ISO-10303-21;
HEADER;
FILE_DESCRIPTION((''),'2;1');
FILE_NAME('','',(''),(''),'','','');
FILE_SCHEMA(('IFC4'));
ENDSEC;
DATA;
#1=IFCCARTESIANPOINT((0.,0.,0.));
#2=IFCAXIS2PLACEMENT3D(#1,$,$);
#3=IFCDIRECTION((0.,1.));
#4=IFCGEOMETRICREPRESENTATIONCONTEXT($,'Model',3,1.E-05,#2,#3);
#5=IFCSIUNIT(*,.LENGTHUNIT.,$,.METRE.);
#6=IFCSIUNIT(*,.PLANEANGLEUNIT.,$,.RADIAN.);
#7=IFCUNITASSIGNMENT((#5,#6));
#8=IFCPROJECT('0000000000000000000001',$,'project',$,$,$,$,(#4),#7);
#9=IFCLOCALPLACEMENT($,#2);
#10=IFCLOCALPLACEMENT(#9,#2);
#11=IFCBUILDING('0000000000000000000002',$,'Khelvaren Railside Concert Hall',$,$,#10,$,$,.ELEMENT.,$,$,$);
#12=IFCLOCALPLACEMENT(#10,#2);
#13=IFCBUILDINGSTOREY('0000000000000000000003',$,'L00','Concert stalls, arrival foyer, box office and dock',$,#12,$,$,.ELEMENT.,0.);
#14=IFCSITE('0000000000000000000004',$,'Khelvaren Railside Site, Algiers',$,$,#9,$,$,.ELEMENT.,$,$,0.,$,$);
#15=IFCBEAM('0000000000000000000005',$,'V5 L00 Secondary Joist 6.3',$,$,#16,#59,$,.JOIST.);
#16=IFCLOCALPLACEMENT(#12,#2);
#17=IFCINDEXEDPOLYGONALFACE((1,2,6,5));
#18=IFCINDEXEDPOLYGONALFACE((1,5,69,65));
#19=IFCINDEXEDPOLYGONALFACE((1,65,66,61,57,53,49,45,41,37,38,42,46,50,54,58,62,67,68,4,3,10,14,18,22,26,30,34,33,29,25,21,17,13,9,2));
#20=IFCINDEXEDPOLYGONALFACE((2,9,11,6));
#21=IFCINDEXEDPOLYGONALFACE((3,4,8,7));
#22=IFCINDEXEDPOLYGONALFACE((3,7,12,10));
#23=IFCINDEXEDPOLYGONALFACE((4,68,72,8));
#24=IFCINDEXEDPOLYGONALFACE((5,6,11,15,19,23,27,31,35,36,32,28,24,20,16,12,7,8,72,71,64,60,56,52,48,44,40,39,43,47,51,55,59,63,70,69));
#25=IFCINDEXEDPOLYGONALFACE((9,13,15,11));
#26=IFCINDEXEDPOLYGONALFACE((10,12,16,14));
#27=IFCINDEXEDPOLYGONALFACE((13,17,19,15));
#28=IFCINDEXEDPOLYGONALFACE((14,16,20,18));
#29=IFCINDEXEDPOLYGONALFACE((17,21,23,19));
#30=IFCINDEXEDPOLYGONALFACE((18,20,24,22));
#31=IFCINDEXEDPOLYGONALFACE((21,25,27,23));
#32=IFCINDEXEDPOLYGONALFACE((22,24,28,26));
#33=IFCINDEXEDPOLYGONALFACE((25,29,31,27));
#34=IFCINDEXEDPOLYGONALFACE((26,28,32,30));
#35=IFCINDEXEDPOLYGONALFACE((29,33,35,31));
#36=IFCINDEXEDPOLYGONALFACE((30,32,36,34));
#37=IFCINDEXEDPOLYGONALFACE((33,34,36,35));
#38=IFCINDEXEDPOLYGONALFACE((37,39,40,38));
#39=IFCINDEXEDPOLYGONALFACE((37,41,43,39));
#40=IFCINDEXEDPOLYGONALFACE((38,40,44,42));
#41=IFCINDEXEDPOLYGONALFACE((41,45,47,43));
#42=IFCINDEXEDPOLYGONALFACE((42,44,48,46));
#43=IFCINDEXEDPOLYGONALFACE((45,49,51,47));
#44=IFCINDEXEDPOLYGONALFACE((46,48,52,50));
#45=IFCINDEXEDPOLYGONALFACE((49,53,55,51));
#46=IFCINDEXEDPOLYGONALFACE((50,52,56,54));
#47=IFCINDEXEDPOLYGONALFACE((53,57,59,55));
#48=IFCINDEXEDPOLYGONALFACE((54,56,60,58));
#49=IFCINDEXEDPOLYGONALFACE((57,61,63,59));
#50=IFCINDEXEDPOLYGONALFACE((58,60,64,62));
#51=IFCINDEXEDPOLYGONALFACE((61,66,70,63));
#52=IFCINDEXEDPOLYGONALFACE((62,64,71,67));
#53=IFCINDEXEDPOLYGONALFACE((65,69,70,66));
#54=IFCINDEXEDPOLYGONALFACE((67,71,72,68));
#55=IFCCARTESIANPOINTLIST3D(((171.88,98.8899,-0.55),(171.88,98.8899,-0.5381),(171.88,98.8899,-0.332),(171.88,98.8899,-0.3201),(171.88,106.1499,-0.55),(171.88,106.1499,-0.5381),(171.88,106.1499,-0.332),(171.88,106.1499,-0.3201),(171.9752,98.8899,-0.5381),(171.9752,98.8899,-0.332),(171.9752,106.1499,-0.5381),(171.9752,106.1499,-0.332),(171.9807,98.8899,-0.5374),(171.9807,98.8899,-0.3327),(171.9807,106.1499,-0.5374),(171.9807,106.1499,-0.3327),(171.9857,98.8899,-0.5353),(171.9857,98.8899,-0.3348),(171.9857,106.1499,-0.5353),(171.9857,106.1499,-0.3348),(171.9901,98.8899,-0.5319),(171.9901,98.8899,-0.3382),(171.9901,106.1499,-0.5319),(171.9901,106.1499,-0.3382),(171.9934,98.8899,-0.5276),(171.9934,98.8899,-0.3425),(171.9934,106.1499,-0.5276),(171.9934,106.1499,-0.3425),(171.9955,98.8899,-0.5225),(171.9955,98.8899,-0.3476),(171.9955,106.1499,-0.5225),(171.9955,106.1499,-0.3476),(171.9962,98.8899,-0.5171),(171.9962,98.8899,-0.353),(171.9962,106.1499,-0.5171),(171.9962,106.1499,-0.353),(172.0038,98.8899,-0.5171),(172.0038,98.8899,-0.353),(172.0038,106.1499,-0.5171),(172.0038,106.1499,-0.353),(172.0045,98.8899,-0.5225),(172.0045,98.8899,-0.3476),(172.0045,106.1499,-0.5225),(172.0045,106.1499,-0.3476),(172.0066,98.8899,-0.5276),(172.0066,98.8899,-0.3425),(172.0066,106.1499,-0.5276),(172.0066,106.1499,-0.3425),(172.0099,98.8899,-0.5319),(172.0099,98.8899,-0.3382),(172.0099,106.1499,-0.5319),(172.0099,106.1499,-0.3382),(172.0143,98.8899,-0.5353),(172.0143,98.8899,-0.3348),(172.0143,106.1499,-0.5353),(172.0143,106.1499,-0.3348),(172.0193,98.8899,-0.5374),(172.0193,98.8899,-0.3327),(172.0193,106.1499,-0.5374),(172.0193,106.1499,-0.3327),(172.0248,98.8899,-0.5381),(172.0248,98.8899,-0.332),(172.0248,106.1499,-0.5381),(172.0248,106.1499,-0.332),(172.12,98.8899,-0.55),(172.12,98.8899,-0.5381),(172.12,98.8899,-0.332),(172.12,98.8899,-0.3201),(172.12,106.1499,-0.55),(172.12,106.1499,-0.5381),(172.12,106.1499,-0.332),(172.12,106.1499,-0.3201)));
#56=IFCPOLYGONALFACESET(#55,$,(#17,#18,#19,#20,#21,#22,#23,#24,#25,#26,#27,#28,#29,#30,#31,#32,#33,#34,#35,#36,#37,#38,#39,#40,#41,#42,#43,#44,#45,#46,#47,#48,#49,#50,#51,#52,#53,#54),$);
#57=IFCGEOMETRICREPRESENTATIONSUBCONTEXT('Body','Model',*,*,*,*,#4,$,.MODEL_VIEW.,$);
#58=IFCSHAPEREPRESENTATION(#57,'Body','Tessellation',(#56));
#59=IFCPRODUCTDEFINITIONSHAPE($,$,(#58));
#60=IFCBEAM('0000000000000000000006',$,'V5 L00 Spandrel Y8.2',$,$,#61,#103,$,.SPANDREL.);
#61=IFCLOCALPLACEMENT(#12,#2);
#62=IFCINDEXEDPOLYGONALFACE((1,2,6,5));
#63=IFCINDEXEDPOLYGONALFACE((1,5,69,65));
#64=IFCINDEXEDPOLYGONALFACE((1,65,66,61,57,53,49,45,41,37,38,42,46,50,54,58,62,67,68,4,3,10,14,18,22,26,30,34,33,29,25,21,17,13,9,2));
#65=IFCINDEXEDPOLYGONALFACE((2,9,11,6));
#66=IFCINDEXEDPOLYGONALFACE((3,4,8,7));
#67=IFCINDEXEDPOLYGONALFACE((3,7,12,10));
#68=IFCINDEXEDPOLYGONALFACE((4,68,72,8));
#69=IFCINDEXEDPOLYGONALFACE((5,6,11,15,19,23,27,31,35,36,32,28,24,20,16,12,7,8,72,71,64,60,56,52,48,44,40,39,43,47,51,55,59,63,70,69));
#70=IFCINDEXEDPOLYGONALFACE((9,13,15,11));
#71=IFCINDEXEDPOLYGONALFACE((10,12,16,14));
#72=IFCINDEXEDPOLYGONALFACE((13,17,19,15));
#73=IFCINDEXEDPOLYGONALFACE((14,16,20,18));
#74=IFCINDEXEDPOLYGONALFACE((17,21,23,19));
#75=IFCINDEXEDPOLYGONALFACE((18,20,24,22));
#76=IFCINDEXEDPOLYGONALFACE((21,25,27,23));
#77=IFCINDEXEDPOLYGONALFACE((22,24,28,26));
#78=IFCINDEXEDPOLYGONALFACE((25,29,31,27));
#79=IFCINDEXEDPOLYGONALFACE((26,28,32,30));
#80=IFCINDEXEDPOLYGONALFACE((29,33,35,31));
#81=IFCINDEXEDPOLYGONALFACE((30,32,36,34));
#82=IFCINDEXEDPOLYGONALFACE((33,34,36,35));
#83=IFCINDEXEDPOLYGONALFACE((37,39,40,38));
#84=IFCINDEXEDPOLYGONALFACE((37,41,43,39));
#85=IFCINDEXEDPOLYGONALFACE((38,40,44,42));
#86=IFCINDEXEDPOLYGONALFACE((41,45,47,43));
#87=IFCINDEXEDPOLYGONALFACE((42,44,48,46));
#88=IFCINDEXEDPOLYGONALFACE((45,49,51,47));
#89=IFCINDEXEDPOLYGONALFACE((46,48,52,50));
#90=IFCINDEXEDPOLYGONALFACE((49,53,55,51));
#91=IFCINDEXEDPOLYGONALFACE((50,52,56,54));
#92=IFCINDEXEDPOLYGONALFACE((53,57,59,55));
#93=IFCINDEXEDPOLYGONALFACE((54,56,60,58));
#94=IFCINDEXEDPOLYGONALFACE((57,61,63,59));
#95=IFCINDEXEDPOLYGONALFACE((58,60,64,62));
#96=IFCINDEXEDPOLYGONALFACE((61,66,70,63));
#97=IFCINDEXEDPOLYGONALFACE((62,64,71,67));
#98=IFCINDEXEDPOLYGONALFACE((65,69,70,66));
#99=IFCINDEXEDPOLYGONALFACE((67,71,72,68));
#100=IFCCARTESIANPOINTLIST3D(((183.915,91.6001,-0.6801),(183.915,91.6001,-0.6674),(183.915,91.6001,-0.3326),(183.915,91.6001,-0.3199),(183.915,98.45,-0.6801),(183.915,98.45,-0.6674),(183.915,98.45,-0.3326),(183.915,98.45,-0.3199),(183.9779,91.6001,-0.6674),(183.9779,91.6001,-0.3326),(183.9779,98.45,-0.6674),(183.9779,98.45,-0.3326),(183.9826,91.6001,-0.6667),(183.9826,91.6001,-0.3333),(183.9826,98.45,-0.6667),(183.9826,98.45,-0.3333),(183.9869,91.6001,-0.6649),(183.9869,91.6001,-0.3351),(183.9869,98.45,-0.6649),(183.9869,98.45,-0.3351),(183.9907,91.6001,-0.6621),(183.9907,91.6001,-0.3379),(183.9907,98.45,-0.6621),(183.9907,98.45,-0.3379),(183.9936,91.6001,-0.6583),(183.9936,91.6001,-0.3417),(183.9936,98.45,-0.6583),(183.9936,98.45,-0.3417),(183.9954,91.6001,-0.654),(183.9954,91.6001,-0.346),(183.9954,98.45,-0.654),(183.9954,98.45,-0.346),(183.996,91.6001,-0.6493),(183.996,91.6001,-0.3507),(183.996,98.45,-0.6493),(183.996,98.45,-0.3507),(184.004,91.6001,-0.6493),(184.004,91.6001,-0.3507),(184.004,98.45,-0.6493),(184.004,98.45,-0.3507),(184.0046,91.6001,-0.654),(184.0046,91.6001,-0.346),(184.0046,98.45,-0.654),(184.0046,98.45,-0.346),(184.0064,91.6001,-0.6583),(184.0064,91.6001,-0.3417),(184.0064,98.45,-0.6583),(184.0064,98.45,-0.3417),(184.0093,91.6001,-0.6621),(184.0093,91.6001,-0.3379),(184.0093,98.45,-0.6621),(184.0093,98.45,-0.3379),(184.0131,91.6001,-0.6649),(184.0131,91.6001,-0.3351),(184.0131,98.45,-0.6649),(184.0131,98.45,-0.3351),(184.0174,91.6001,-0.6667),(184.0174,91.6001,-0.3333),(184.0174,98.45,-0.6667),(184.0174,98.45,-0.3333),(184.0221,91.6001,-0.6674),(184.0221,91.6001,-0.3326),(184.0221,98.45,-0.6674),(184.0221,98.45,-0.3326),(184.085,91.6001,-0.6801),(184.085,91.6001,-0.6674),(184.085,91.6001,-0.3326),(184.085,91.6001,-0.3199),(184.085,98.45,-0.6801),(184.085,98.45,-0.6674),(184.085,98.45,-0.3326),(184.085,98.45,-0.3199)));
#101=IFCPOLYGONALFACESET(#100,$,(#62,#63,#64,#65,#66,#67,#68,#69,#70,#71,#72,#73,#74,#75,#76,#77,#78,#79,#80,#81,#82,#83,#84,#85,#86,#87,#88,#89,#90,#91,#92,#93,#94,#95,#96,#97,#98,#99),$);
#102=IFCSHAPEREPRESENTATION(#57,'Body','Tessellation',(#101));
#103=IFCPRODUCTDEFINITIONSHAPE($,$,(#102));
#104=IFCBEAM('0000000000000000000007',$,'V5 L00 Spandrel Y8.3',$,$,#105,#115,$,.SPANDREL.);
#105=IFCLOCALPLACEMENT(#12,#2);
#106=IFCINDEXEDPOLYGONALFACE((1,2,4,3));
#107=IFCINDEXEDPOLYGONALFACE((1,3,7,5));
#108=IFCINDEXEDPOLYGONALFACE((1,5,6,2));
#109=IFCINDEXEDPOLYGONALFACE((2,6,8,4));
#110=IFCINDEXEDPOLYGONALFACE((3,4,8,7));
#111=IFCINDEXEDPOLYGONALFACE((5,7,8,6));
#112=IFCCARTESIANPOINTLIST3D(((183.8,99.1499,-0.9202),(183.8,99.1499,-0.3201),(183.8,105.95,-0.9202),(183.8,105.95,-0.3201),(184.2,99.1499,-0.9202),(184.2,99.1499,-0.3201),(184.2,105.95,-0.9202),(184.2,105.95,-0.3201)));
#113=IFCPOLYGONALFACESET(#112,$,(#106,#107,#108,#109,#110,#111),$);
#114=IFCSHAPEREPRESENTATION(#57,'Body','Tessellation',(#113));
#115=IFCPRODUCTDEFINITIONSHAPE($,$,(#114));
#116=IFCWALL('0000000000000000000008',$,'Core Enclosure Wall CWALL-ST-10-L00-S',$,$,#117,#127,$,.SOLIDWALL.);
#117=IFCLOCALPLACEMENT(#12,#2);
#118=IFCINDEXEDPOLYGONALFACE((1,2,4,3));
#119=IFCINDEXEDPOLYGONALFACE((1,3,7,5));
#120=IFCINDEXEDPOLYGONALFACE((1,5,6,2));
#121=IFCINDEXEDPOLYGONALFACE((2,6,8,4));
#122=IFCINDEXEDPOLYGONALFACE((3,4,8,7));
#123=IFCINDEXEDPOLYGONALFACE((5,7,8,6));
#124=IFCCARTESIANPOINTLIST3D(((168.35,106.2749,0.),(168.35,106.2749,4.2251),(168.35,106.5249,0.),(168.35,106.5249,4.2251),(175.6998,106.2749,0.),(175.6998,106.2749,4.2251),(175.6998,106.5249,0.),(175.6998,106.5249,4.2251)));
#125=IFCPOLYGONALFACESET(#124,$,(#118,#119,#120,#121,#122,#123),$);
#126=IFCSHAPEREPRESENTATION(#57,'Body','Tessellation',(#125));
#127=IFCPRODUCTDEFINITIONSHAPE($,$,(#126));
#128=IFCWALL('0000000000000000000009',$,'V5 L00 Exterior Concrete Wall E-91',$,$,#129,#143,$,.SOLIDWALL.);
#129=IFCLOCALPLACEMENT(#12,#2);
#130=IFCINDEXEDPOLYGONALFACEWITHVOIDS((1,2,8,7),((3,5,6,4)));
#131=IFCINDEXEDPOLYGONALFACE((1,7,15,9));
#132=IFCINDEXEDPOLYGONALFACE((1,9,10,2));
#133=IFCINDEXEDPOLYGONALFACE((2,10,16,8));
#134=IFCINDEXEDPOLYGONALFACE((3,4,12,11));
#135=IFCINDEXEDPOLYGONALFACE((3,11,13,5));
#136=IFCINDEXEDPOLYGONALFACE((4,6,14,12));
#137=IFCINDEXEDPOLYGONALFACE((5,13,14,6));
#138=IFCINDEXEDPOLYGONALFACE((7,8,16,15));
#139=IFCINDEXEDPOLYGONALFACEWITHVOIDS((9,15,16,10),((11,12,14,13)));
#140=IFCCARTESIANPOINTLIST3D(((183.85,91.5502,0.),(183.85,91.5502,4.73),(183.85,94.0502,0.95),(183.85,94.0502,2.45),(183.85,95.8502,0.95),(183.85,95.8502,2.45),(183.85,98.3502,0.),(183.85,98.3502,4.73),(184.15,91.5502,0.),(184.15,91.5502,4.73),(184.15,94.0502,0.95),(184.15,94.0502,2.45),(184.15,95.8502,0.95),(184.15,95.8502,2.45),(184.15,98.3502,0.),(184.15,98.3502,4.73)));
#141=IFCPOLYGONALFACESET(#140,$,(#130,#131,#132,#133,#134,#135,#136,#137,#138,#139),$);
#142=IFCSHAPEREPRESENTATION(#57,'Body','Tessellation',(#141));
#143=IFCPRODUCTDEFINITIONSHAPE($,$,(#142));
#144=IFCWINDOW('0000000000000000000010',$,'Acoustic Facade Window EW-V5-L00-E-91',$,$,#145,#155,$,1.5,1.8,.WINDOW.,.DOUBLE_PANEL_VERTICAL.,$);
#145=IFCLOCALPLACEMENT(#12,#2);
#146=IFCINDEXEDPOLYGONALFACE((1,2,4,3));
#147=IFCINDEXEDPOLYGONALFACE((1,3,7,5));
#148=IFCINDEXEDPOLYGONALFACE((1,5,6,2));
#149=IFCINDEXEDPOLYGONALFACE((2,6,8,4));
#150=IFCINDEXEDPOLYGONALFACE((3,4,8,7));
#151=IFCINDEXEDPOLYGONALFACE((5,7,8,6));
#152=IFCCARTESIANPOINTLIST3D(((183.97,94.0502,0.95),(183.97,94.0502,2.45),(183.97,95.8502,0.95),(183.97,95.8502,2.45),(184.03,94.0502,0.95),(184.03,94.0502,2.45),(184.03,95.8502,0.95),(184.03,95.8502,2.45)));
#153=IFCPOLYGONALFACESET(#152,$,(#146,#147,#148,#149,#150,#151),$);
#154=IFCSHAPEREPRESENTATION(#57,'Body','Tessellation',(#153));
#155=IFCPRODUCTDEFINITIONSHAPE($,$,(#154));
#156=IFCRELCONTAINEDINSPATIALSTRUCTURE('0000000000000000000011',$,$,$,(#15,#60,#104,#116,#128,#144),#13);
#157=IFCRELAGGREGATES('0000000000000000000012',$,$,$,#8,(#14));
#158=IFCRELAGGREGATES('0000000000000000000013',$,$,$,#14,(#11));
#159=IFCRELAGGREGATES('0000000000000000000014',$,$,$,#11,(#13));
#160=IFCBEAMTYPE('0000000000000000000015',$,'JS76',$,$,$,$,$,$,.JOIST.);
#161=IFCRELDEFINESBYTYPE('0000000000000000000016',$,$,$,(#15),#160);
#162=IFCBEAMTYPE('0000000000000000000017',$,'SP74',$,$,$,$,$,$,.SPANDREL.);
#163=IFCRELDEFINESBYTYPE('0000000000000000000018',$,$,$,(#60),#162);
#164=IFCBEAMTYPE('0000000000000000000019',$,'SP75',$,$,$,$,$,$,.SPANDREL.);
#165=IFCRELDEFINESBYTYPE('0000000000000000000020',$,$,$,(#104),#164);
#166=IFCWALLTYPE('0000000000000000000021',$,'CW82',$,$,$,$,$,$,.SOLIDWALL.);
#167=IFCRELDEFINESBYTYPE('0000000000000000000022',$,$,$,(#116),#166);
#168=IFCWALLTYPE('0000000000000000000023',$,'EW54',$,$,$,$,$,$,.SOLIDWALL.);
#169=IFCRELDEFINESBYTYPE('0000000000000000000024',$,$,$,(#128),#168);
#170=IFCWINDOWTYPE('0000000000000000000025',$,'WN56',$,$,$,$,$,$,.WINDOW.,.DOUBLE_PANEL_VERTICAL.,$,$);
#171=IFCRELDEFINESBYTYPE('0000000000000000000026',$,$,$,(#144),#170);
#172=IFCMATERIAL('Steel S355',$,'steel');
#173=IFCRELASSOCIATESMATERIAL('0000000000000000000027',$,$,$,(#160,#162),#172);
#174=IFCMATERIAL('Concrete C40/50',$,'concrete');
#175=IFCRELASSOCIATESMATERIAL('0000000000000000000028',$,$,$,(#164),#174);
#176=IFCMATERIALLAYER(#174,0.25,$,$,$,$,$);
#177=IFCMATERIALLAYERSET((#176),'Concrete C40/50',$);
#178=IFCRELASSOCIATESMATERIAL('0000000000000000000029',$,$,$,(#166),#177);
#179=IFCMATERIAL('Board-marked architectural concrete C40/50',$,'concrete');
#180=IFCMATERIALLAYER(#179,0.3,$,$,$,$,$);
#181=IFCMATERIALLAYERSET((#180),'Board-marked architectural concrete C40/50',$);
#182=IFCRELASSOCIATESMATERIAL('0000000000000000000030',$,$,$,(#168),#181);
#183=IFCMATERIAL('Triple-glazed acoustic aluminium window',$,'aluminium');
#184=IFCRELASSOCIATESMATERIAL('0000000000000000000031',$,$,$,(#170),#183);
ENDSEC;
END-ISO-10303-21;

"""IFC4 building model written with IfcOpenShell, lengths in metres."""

from ifc_helpers import new_model, si_unit, direction, frame, frame_2d, origin, origin_2d, place, context, subcontext, project, spatial, rectangle, i_section, extrude, material, layer, layer_set, material_profile, profile_set, type_object, element, fill, save


model = new_model("IFC4")

# Units and contexts
model_context = context("Model", 3, precision=1e-05, world=origin(), true_north=direction((0.0, 1.0)))
body_context = subcontext(model_context, "Body", "Model", "MODEL_VIEW")
ifc_project = project(units=[si_unit("LENGTHUNIT", "METRE"), si_unit("PLANEANGLEUNIT", "RADIAN")], contexts=[model_context])

# Site, building, storey
site_placement = place(None, origin())
site = spatial("IfcSite", under=ifc_project, at=site_placement, Name="Khelvaren Railside Site, Algiers", CompositionType="ELEMENT", RefElevation=0.0)
building_placement = place(site_placement, origin())
building = spatial("IfcBuilding", under=site, at=building_placement, Name="Khelvaren Railside Concert Hall", CompositionType="ELEMENT")
storey_placement = place(building_placement, origin())
storey = spatial("IfcBuildingStorey", under=building, at=storey_placement, Name="L00", Description="Concert stalls, arrival foyer, box office and dock", CompositionType="ELEMENT", Elevation=0.0)

# Beams
ifc_material_1 = material(Name="Steel S355", Category="steel")
ifc_material_2 = material(Name="Concrete C40/50", Category="concrete")
ifc_material_profile_1 = material_profile(ifc_material_1, i_section(OverallWidth=0.24, OverallDepth=0.23, WebThickness=0.0076, FlangeThickness=0.012, FilletRadius=0.021, at=origin_2d()), Name="HEA 240")
ifc_profile_set_1 = profile_set([ifc_material_profile_1], Name="Steel S355")
beam_type_1 = type_object("IfcBeamType", Name="JS76", PredefinedType="JOIST", material=ifc_profile_set_1)
beam_1_placement = place(storey_placement, frame((172.0, 98.8899, -0.4351), z_axis=(0.0, 1.0, 0.0), x_axis=(-1.0, 0.0, 0.0)))
element("IfcBeam", 1, at=beam_1_placement, inside=storey, type_object=beam_type_1, Name="V5 L00 Secondary Joist 6.3", PredefinedType="JOIST", context=body_context, shape_type="SweptSolid", body=[
    extrude(i_section(OverallWidth=0.24, OverallDepth=0.23, WebThickness=0.0076, FlangeThickness=0.012, FilletRadius=0.021, at=origin_2d()), origin(), (0.0, 0.0, 1.0), 7.26),
])
ifc_material_profile_2 = material_profile(ifc_material_1, i_section(OverallWidth=0.1699, OverallDepth=0.3601, WebThickness=0.0081, FlangeThickness=0.0127, FilletRadius=0.0181, at=origin_2d()), Name="IPE 360")
ifc_profile_set_2 = profile_set([ifc_material_profile_2], Name="Steel S355")
beam_type_2 = type_object("IfcBeamType", Name="SP74", PredefinedType="SPANDREL", material=ifc_profile_set_2)
beam_2_placement = place(storey_placement, frame((184.0, 91.6001, -0.5), z_axis=(0.0, 1.0, 0.0), x_axis=(-1.0, 0.0, 0.0)))
element("IfcBeam", 2, at=beam_2_placement, inside=storey, type_object=beam_type_2, Name="V5 L00 Spandrel Y8.2", PredefinedType="SPANDREL", context=body_context, shape_type="SweptSolid", body=[
    extrude(i_section(OverallWidth=0.1699, OverallDepth=0.3601, WebThickness=0.0081, FlangeThickness=0.0127, FilletRadius=0.0181, at=origin_2d()), origin(), (0.0, 0.0, 1.0), 6.8499),
])
ifc_material_profile_3 = material_profile(ifc_material_2, rectangle(XDim=0.3999, YDim=0.6001, at=origin_2d()), Name="RCB 400x600")
ifc_profile_set_3 = profile_set([ifc_material_profile_3], Name="Concrete C40/50")
beam_type_3 = type_object("IfcBeamType", Name="SP75", PredefinedType="SPANDREL", material=ifc_profile_set_3)
beam_3_placement = place(storey_placement, frame((184.0, 99.1499, -0.6201), z_axis=(0.0, 1.0, 0.0), x_axis=(-1.0, 0.0, 0.0)))
element("IfcBeam", 3, at=beam_3_placement, inside=storey, type_object=beam_type_3, Name="V5 L00 Spandrel Y8.3", PredefinedType="SPANDREL", context=body_context, shape_type="SweptSolid", body=[
    extrude(rectangle(XDim=0.3999, YDim=0.6001, at=origin_2d()), origin(), (0.0, 0.0, 1.0), 6.8),
])

# Wall
ifc_layer_1 = layer(ifc_material_2, 0.25)
ifc_layer_set_1 = layer_set([ifc_layer_1], Name="Concrete C40/50")
wall_type_1 = type_object("IfcWallType", Name="CW82", PredefinedType="SOLIDWALL", material=ifc_layer_set_1)
wall_1_placement = place(storey_placement, frame((168.3501, 106.3999, 0.0), z_axis=(0.0, 0.0, 1.0), x_axis=(1.0, 0.0, 0.0)))
element("IfcWall", 4, at=wall_1_placement, inside=storey, type_object=wall_type_1, Name="Core Enclosure Wall CWALL-ST-10-L00-S", PredefinedType="SOLIDWALL", context=body_context, shape_type="SweptSolid", body=[
    extrude(rectangle(XDim=7.3499, YDim=0.25, at=frame_2d((3.6748, 0.0))), origin(), (0.0, 0.0, 1.0), 4.2251),
])

# Wall, opening, window
ifc_material_3 = material(Name="Board-marked architectural concrete C40/50", Category="concrete")
ifc_layer_2 = layer(ifc_material_3, 0.3)
ifc_layer_set_2 = layer_set([ifc_layer_2], Name="Board-marked architectural concrete C40/50")
wall_type_2 = type_object("IfcWallType", Name="EW54", PredefinedType="SOLIDWALL", material=ifc_layer_set_2)
wall_2_placement = place(storey_placement, frame((184.0, 98.3501, 0.0), z_axis=(0.0, 0.0, 1.0), x_axis=(0.0, -1.0, 0.0)))
wall_2 = element("IfcWall", 5, at=wall_2_placement, inside=storey, type_object=wall_type_2, Name="V5 L00 Exterior Concrete Wall E-91", PredefinedType="SOLIDWALL", context=body_context, shape_type="SweptSolid", body=[
    extrude(rectangle(XDim=6.8, YDim=0.3, at=frame_2d((3.3999, 0.0))), origin(), (0.0, 0.0, 1.0), 4.73),
])
opening_1_placement = place(wall_2_placement, frame((2.5, 0.0, 0.95)))
opening_1 = element("IfcOpeningElement", 6, at=opening_1_placement, cuts=wall_2, PredefinedType="OPENING", context=body_context, shape_type="SweptSolid", body=[
    extrude(rectangle(XDim=1.8, YDim=1.5, at=frame_2d((0.8999, 0.75))), frame((0.0, 0.1599, 0.0), z_axis=(0.0, -1.0, 0.0), x_axis=(1.0, 0.0, 0.0)), (0.0, 0.0, 1.0), 0.3201),
])
ifc_material_4 = material(Name="Triple-glazed acoustic aluminium window", Category="aluminium")
window_type_1 = type_object("IfcWindowType", Name="WN56", PartitioningType="DOUBLE_PANEL_VERTICAL", PredefinedType="WINDOW", material=ifc_material_4)
window_1_placement = place(opening_1_placement, origin())
window_1 = element("IfcWindow", 7, at=window_1_placement, inside=storey, type_object=window_type_1, Name="Acoustic Facade Window EW-V5-L00-E-91", OverallHeight=1.5, OverallWidth=1.8, PartitioningType="DOUBLE_PANEL_VERTICAL", PredefinedType="WINDOW", context=body_context, shape_type="SweptSolid", body=[
    extrude(rectangle(XDim=1.8, YDim=1.5, at=frame_2d((0.8999, 0.75))), frame((0.0, 0.03, 0.0), z_axis=(0.0, -1.0, 0.0), x_axis=(1.0, 0.0, 0.0)), (0.0, 0.0, 1.0), 0.0601),
])
fill(opening_1, window_1)

save(model, "model.ifc")
